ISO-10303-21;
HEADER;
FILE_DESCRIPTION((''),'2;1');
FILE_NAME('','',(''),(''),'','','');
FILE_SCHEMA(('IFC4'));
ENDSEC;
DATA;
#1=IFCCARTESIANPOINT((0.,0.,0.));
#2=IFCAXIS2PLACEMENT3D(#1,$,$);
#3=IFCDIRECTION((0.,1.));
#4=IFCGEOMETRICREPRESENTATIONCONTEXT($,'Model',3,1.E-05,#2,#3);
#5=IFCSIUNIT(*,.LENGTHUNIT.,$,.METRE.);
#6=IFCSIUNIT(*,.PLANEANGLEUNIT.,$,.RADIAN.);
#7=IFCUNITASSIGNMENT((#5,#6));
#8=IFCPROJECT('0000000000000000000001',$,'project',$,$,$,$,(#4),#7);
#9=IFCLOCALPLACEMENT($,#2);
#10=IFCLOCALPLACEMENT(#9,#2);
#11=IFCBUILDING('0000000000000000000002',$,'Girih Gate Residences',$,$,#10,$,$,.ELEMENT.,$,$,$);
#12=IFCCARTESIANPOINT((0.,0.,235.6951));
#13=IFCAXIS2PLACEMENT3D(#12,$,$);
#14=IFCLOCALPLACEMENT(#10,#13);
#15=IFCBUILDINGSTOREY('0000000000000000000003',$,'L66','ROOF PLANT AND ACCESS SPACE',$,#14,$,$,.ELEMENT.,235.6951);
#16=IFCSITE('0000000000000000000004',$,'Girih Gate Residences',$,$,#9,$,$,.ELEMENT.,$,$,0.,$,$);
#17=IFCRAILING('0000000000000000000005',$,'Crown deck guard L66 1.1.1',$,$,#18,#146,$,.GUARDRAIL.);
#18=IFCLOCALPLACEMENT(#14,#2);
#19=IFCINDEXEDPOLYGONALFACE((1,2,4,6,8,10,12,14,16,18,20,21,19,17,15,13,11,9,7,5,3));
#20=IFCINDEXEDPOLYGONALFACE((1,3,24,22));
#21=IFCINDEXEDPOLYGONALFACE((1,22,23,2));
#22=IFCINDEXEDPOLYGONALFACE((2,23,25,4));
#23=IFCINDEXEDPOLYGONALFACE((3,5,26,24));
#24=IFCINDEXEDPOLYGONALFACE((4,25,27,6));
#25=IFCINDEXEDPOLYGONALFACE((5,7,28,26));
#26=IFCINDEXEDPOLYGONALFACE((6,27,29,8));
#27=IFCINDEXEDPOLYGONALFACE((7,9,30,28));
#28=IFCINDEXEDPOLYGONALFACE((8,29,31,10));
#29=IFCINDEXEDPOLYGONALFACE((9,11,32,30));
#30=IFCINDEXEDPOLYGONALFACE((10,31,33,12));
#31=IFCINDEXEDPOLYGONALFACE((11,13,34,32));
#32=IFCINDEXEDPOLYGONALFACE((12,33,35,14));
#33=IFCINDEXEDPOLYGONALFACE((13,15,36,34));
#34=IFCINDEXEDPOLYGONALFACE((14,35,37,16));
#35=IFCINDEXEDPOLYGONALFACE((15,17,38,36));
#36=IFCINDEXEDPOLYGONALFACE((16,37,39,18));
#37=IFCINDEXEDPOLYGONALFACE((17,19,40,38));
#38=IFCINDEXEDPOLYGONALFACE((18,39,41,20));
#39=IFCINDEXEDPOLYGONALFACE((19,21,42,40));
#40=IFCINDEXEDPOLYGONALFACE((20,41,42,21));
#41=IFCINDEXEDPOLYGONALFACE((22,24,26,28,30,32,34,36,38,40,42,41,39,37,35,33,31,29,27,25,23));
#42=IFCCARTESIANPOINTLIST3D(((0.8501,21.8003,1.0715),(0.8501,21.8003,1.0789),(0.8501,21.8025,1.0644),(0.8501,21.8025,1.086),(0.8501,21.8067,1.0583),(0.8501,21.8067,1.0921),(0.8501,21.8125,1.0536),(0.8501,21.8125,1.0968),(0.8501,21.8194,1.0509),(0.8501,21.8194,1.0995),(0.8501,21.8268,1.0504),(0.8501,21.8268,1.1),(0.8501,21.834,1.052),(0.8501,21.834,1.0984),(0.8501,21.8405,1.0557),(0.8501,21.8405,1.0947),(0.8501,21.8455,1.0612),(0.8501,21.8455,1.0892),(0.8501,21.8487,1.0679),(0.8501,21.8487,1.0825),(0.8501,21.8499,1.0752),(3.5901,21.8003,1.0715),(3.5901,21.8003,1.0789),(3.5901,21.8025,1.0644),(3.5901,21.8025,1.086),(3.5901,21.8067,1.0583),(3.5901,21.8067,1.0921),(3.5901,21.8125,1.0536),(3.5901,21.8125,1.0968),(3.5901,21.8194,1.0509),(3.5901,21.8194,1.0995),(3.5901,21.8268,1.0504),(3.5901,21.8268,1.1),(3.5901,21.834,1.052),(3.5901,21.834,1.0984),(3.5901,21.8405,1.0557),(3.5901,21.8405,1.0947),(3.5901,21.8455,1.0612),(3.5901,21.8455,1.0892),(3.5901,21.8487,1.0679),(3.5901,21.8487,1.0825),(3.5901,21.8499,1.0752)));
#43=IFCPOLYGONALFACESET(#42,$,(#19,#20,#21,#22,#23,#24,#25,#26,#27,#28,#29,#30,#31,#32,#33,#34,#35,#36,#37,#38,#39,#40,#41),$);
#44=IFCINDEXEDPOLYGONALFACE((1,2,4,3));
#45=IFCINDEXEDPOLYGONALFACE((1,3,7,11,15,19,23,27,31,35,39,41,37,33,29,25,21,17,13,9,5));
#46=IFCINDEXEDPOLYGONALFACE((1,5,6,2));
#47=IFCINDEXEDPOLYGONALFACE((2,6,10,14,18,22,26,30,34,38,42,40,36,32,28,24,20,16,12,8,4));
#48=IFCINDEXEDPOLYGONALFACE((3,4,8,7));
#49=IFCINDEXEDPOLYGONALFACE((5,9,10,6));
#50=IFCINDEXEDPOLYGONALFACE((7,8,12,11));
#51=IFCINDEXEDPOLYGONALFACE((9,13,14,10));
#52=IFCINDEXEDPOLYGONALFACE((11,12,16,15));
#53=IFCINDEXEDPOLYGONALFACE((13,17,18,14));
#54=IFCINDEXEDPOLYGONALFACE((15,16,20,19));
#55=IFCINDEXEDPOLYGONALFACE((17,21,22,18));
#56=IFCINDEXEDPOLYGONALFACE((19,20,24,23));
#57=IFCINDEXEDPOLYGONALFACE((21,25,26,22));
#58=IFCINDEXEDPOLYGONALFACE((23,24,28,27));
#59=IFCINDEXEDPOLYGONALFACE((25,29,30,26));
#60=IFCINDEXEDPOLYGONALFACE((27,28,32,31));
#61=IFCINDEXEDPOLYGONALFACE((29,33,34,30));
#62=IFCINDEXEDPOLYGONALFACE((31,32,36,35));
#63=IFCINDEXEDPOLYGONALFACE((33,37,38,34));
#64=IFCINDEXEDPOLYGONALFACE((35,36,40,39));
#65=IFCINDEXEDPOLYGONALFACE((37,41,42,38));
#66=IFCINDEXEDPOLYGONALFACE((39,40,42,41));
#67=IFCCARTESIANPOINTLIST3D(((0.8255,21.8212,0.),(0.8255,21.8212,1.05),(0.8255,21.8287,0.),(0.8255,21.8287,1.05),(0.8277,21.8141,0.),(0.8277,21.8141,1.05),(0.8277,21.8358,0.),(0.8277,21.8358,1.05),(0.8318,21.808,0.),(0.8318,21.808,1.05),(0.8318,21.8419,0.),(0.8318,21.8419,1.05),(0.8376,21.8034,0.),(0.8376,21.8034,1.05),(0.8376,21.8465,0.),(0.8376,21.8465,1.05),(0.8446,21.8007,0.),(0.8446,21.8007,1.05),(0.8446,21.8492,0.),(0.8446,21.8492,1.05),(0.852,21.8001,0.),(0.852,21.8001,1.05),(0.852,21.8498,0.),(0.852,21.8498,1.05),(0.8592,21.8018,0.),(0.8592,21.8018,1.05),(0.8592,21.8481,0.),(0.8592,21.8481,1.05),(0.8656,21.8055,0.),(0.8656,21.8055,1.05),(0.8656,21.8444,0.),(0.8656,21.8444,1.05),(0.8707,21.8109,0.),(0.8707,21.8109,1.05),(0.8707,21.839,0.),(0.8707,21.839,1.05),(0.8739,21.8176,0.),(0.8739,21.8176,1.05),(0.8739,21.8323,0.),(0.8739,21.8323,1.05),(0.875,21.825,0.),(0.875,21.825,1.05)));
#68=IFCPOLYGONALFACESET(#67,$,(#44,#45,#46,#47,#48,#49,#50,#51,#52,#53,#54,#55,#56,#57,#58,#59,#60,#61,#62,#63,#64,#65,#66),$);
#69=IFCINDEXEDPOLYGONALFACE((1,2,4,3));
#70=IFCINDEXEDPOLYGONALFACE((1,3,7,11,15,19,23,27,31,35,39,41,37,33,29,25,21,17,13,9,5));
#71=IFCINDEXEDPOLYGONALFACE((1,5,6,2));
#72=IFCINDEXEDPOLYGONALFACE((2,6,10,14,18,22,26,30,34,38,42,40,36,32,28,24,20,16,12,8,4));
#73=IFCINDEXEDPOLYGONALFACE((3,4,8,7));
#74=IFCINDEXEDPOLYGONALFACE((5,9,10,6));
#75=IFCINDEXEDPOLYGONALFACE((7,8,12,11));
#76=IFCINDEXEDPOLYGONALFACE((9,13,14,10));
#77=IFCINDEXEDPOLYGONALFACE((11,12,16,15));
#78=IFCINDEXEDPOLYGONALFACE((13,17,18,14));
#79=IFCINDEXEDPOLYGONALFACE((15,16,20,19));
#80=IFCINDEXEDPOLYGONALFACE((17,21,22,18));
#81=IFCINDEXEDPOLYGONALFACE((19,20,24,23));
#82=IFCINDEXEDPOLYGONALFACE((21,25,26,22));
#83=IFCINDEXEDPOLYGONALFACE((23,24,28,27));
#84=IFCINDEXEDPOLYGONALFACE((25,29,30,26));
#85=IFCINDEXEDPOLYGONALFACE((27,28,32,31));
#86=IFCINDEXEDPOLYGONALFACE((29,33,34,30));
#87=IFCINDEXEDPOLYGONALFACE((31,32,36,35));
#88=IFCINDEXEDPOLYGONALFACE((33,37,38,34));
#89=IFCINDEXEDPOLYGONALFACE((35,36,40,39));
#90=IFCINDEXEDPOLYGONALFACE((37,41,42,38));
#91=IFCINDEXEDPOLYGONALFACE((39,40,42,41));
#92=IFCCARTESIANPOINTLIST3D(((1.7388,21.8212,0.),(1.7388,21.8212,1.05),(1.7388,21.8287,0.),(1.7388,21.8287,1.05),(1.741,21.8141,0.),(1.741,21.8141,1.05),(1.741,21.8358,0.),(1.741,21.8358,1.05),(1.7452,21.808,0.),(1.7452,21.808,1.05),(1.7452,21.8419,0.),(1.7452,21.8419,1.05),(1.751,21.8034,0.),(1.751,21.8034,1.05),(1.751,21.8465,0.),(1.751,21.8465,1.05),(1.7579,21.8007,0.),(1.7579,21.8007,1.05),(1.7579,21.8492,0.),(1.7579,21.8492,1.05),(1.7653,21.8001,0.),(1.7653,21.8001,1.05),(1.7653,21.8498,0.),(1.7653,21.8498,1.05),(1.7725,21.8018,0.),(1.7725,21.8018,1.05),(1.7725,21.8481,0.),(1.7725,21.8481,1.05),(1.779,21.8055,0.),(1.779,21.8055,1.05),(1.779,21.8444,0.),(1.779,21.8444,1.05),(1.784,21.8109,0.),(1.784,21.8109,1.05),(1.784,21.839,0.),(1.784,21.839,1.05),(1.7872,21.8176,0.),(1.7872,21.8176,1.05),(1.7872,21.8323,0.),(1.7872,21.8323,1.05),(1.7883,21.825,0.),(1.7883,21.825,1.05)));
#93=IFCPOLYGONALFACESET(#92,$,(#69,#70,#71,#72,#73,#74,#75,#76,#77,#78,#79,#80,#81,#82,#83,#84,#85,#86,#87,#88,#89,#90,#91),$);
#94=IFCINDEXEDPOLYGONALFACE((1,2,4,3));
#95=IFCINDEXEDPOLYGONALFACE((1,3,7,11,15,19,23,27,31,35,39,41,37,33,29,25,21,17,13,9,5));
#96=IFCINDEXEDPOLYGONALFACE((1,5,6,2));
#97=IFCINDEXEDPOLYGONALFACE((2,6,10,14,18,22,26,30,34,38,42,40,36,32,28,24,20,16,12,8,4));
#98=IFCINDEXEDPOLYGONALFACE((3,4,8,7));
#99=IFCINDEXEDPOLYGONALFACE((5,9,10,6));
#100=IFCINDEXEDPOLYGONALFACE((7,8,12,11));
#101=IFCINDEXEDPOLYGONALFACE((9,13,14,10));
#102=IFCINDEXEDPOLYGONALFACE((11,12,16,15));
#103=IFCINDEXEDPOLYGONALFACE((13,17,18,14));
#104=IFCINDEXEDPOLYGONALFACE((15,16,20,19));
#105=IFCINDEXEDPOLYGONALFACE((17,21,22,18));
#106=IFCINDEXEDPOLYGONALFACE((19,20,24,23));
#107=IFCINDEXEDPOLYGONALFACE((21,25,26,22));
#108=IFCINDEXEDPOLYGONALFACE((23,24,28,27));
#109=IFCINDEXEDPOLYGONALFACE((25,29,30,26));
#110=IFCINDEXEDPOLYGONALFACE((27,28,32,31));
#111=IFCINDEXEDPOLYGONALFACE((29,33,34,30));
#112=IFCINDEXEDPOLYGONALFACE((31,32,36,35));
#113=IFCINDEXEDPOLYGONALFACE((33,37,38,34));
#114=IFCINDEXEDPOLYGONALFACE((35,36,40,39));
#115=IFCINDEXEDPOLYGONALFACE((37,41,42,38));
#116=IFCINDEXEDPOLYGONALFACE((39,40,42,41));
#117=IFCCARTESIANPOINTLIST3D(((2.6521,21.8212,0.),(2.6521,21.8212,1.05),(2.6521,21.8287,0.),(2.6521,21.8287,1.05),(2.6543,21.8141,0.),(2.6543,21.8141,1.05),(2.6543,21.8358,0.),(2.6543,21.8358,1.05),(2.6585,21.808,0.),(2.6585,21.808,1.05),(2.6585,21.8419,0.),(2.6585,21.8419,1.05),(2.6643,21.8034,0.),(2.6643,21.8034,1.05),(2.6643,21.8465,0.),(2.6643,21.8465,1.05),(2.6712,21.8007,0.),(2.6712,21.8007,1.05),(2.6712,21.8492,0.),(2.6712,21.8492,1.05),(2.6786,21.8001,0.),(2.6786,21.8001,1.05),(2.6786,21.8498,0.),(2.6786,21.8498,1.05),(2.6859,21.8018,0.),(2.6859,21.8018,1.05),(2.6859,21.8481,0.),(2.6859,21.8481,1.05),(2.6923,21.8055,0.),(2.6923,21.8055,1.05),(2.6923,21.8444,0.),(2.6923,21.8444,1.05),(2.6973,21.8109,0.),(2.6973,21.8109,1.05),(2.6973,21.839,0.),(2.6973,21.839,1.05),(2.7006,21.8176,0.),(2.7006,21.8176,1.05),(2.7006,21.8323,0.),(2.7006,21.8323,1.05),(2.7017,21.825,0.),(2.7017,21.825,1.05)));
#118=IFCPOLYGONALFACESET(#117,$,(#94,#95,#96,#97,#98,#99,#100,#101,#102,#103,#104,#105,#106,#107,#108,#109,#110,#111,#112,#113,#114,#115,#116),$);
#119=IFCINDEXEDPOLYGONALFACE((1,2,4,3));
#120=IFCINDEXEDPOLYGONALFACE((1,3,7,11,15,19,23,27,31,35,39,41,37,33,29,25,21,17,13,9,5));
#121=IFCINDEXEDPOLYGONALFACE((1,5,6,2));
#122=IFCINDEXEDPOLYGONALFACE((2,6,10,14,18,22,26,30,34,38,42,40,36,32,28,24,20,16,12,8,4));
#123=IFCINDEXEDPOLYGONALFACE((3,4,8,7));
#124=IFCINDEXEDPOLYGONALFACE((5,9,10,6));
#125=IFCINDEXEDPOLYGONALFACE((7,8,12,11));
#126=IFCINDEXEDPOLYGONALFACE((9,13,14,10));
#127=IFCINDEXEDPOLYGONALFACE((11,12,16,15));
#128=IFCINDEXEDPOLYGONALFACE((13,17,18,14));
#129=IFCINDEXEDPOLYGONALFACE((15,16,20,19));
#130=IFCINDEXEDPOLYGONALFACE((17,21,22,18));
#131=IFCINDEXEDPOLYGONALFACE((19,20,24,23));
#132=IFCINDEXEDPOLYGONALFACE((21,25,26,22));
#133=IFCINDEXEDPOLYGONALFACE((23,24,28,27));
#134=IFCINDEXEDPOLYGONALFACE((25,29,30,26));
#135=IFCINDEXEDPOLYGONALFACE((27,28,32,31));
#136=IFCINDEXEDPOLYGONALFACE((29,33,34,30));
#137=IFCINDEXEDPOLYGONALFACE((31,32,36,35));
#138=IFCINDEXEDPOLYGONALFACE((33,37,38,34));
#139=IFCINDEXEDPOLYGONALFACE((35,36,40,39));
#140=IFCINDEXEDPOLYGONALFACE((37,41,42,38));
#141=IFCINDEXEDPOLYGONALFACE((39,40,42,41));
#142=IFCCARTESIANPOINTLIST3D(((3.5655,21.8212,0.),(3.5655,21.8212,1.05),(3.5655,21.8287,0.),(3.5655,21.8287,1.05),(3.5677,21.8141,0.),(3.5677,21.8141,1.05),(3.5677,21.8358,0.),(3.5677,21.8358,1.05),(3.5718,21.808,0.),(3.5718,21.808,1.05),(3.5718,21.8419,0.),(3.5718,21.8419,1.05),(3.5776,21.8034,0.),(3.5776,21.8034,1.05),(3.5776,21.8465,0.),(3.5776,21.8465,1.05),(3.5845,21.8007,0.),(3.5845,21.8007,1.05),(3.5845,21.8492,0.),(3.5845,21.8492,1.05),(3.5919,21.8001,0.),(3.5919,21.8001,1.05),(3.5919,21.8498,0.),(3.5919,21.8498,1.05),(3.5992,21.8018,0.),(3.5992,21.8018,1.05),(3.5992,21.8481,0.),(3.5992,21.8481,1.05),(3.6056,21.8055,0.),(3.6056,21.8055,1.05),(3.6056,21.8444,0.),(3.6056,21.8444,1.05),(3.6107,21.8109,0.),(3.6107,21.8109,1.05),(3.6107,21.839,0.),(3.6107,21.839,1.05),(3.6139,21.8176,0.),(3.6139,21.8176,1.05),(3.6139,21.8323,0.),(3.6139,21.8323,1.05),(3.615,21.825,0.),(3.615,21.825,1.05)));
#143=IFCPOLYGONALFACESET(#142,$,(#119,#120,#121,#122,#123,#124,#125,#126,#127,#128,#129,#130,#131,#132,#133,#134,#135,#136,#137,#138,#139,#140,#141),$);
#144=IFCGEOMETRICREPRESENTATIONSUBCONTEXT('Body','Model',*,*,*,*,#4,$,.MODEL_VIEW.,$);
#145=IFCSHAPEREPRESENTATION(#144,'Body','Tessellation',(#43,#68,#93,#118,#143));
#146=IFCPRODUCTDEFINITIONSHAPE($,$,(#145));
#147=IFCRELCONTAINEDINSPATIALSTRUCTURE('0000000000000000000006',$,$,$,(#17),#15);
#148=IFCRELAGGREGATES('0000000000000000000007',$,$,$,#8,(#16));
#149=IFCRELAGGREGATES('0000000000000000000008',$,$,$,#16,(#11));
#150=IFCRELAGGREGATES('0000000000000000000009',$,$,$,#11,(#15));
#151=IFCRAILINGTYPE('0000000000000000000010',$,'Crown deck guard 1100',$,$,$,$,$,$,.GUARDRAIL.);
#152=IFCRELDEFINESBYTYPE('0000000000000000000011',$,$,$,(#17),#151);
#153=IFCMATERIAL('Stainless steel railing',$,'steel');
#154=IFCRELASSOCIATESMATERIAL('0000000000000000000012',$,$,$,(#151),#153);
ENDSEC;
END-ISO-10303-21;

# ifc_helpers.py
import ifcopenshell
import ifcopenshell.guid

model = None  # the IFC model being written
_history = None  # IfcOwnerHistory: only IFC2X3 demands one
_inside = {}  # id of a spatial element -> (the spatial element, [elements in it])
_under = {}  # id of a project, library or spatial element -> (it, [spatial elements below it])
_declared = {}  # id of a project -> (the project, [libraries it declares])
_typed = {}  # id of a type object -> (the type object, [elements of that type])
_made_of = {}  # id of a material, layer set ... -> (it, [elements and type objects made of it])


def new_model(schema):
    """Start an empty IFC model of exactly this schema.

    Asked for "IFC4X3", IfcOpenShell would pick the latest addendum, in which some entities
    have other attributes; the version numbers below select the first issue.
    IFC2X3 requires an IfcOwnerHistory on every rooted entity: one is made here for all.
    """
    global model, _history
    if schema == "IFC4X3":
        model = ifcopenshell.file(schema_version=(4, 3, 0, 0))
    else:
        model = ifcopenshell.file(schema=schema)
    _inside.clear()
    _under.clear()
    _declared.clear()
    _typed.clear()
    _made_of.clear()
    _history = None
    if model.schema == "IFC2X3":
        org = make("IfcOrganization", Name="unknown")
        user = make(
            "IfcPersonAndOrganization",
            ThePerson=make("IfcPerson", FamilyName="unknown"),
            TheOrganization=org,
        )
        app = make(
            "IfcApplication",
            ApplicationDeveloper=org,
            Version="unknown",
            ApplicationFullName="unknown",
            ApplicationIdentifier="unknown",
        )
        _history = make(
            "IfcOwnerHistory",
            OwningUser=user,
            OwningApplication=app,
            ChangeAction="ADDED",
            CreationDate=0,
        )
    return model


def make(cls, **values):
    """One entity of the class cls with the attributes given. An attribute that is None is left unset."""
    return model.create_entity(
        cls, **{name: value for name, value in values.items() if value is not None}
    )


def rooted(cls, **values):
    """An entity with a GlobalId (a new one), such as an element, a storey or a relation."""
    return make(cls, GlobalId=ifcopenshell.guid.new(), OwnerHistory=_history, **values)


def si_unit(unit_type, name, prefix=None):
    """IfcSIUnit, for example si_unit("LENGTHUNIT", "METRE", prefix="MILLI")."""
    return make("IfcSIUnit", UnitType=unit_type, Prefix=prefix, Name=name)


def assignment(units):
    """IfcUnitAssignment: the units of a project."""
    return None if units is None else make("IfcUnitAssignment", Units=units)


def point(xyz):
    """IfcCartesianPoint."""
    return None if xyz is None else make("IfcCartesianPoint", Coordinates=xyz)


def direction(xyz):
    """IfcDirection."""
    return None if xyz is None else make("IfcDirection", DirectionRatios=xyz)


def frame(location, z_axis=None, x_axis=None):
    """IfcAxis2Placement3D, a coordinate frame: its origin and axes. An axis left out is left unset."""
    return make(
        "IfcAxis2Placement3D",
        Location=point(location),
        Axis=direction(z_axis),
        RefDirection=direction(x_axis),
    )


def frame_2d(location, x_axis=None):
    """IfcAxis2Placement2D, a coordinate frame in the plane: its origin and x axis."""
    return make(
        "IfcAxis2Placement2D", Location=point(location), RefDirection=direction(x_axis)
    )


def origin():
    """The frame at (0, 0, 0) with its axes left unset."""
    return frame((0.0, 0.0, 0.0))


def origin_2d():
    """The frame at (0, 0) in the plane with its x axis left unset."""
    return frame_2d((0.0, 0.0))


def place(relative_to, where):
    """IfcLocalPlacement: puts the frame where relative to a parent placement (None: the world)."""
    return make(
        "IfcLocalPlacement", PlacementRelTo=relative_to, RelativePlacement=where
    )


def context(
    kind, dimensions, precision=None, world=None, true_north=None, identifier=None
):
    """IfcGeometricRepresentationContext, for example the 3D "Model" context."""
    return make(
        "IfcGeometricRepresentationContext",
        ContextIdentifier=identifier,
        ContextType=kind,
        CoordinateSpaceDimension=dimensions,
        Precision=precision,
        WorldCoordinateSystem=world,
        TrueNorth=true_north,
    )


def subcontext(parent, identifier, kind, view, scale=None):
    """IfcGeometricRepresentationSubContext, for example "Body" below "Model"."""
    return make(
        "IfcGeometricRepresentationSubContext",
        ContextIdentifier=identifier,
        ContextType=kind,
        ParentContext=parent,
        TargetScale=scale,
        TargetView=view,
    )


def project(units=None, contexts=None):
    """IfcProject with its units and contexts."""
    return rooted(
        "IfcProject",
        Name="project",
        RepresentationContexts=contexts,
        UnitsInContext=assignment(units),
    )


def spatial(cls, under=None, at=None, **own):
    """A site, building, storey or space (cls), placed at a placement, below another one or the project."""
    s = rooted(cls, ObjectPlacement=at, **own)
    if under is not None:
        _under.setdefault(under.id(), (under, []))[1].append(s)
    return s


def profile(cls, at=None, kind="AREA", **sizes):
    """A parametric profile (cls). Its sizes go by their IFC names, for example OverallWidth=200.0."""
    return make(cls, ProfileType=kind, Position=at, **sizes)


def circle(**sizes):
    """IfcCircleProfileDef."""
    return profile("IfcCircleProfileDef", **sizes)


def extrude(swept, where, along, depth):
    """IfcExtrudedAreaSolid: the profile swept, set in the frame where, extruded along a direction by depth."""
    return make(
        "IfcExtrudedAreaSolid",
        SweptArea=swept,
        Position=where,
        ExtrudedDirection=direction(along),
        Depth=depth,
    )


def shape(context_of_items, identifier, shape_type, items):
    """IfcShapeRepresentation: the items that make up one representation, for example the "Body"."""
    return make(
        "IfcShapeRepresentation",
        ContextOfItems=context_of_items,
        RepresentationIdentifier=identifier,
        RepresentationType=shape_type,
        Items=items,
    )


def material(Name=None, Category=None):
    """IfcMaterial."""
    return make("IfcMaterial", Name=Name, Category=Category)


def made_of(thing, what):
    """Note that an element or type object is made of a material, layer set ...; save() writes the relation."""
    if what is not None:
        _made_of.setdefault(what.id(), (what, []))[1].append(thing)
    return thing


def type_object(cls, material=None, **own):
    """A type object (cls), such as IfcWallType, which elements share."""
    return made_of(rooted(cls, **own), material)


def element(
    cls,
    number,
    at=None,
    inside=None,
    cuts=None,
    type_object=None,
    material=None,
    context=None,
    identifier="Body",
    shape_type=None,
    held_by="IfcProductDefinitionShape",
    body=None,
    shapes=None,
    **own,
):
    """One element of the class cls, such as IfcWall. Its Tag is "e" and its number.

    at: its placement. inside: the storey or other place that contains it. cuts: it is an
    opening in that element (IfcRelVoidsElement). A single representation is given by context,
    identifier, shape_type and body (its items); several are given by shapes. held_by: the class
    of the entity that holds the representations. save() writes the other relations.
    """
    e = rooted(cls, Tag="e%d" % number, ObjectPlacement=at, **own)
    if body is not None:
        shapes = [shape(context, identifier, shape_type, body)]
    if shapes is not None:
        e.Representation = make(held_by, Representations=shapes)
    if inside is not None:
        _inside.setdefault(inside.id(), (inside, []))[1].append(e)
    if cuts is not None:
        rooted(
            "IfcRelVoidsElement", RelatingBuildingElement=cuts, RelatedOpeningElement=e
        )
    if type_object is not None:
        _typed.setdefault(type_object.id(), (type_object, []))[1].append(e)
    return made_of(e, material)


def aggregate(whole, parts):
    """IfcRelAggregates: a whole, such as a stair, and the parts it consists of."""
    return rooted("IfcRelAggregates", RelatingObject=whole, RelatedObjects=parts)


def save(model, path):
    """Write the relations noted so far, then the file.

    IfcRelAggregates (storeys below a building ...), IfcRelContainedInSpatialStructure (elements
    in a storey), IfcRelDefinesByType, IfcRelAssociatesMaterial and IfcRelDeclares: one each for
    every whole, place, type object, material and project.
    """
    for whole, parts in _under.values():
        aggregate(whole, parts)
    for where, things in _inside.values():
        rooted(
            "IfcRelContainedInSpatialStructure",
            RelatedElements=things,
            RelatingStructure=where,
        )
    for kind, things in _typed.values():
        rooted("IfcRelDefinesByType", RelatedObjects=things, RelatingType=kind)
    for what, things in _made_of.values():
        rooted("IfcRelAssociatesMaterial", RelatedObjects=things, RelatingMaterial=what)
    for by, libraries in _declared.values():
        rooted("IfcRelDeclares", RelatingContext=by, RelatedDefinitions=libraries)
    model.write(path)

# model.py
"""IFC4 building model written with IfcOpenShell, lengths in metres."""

from ifc_helpers import new_model, si_unit, direction, frame, origin, origin_2d, place, context, subcontext, project, spatial, circle, extrude, material, type_object, element, save


model = new_model("IFC4")

# Units and contexts
model_context = context("Model", 3, precision=1e-05, world=origin(), true_north=direction((0.0, 1.0)))
body_context = subcontext(model_context, "Body", "Model", "MODEL_VIEW")
ifc_project = project(units=[si_unit("LENGTHUNIT", "METRE"), si_unit("PLANEANGLEUNIT", "RADIAN")], contexts=[model_context])

# Site, building, storey
site_placement = place(None, origin())
site = spatial("IfcSite", under=ifc_project, at=site_placement, Name="Girih Gate Residences", CompositionType="ELEMENT", RefElevation=0.0)
building_placement = place(site_placement, origin())
building = spatial("IfcBuilding", under=site, at=building_placement, Name="Girih Gate Residences", CompositionType="ELEMENT")
storey_placement = place(building_placement, frame((0.0, 0.0, 235.6951)))
storey = spatial("IfcBuildingStorey", under=building, at=storey_placement, Name="L66", Description="ROOF PLANT AND ACCESS SPACE", CompositionType="ELEMENT", Elevation=235.6951)

# Railing
ifc_material_1 = material(Name="Stainless steel railing", Category="steel")
railing_type = type_object("IfcRailingType", Name="Crown deck guard 1100", PredefinedType="GUARDRAIL", material=ifc_material_1)
railing_1_placement = place(storey_placement, frame((0.8501, 21.825, 0.0)))
element("IfcRailing", 1, at=railing_1_placement, inside=storey, type_object=railing_type, Name="Crown deck guard L66 1.1.1", PredefinedType="GUARDRAIL", context=body_context, shape_type="SweptSolid", body=[
    extrude(circle(Radius=0.0249, at=origin_2d()), frame((0.0, 0.0, 1.0752), z_axis=(1.0, 0.0, 0.0), x_axis=(0.0, 1.0, 0.0)), (0.0, 0.0, 1.0), 2.74),
    extrude(circle(Radius=0.0249, at=origin_2d()), origin(), (0.0, 0.0, 1.0), 1.05),
    extrude(circle(Radius=0.0249, at=origin_2d()), frame((0.9133, 0.0, 0.0)), (0.0, 0.0, 1.0), 1.05),
    extrude(circle(Radius=0.0249, at=origin_2d()), frame((1.8267, 0.0, 0.0)), (0.0, 0.0, 1.0), 1.05),
    extrude(circle(Radius=0.0249, at=origin_2d()), frame((2.74, 0.0, 0.0)), (0.0, 0.0, 1.0), 1.05),
])

save(model, "model.ifc")
